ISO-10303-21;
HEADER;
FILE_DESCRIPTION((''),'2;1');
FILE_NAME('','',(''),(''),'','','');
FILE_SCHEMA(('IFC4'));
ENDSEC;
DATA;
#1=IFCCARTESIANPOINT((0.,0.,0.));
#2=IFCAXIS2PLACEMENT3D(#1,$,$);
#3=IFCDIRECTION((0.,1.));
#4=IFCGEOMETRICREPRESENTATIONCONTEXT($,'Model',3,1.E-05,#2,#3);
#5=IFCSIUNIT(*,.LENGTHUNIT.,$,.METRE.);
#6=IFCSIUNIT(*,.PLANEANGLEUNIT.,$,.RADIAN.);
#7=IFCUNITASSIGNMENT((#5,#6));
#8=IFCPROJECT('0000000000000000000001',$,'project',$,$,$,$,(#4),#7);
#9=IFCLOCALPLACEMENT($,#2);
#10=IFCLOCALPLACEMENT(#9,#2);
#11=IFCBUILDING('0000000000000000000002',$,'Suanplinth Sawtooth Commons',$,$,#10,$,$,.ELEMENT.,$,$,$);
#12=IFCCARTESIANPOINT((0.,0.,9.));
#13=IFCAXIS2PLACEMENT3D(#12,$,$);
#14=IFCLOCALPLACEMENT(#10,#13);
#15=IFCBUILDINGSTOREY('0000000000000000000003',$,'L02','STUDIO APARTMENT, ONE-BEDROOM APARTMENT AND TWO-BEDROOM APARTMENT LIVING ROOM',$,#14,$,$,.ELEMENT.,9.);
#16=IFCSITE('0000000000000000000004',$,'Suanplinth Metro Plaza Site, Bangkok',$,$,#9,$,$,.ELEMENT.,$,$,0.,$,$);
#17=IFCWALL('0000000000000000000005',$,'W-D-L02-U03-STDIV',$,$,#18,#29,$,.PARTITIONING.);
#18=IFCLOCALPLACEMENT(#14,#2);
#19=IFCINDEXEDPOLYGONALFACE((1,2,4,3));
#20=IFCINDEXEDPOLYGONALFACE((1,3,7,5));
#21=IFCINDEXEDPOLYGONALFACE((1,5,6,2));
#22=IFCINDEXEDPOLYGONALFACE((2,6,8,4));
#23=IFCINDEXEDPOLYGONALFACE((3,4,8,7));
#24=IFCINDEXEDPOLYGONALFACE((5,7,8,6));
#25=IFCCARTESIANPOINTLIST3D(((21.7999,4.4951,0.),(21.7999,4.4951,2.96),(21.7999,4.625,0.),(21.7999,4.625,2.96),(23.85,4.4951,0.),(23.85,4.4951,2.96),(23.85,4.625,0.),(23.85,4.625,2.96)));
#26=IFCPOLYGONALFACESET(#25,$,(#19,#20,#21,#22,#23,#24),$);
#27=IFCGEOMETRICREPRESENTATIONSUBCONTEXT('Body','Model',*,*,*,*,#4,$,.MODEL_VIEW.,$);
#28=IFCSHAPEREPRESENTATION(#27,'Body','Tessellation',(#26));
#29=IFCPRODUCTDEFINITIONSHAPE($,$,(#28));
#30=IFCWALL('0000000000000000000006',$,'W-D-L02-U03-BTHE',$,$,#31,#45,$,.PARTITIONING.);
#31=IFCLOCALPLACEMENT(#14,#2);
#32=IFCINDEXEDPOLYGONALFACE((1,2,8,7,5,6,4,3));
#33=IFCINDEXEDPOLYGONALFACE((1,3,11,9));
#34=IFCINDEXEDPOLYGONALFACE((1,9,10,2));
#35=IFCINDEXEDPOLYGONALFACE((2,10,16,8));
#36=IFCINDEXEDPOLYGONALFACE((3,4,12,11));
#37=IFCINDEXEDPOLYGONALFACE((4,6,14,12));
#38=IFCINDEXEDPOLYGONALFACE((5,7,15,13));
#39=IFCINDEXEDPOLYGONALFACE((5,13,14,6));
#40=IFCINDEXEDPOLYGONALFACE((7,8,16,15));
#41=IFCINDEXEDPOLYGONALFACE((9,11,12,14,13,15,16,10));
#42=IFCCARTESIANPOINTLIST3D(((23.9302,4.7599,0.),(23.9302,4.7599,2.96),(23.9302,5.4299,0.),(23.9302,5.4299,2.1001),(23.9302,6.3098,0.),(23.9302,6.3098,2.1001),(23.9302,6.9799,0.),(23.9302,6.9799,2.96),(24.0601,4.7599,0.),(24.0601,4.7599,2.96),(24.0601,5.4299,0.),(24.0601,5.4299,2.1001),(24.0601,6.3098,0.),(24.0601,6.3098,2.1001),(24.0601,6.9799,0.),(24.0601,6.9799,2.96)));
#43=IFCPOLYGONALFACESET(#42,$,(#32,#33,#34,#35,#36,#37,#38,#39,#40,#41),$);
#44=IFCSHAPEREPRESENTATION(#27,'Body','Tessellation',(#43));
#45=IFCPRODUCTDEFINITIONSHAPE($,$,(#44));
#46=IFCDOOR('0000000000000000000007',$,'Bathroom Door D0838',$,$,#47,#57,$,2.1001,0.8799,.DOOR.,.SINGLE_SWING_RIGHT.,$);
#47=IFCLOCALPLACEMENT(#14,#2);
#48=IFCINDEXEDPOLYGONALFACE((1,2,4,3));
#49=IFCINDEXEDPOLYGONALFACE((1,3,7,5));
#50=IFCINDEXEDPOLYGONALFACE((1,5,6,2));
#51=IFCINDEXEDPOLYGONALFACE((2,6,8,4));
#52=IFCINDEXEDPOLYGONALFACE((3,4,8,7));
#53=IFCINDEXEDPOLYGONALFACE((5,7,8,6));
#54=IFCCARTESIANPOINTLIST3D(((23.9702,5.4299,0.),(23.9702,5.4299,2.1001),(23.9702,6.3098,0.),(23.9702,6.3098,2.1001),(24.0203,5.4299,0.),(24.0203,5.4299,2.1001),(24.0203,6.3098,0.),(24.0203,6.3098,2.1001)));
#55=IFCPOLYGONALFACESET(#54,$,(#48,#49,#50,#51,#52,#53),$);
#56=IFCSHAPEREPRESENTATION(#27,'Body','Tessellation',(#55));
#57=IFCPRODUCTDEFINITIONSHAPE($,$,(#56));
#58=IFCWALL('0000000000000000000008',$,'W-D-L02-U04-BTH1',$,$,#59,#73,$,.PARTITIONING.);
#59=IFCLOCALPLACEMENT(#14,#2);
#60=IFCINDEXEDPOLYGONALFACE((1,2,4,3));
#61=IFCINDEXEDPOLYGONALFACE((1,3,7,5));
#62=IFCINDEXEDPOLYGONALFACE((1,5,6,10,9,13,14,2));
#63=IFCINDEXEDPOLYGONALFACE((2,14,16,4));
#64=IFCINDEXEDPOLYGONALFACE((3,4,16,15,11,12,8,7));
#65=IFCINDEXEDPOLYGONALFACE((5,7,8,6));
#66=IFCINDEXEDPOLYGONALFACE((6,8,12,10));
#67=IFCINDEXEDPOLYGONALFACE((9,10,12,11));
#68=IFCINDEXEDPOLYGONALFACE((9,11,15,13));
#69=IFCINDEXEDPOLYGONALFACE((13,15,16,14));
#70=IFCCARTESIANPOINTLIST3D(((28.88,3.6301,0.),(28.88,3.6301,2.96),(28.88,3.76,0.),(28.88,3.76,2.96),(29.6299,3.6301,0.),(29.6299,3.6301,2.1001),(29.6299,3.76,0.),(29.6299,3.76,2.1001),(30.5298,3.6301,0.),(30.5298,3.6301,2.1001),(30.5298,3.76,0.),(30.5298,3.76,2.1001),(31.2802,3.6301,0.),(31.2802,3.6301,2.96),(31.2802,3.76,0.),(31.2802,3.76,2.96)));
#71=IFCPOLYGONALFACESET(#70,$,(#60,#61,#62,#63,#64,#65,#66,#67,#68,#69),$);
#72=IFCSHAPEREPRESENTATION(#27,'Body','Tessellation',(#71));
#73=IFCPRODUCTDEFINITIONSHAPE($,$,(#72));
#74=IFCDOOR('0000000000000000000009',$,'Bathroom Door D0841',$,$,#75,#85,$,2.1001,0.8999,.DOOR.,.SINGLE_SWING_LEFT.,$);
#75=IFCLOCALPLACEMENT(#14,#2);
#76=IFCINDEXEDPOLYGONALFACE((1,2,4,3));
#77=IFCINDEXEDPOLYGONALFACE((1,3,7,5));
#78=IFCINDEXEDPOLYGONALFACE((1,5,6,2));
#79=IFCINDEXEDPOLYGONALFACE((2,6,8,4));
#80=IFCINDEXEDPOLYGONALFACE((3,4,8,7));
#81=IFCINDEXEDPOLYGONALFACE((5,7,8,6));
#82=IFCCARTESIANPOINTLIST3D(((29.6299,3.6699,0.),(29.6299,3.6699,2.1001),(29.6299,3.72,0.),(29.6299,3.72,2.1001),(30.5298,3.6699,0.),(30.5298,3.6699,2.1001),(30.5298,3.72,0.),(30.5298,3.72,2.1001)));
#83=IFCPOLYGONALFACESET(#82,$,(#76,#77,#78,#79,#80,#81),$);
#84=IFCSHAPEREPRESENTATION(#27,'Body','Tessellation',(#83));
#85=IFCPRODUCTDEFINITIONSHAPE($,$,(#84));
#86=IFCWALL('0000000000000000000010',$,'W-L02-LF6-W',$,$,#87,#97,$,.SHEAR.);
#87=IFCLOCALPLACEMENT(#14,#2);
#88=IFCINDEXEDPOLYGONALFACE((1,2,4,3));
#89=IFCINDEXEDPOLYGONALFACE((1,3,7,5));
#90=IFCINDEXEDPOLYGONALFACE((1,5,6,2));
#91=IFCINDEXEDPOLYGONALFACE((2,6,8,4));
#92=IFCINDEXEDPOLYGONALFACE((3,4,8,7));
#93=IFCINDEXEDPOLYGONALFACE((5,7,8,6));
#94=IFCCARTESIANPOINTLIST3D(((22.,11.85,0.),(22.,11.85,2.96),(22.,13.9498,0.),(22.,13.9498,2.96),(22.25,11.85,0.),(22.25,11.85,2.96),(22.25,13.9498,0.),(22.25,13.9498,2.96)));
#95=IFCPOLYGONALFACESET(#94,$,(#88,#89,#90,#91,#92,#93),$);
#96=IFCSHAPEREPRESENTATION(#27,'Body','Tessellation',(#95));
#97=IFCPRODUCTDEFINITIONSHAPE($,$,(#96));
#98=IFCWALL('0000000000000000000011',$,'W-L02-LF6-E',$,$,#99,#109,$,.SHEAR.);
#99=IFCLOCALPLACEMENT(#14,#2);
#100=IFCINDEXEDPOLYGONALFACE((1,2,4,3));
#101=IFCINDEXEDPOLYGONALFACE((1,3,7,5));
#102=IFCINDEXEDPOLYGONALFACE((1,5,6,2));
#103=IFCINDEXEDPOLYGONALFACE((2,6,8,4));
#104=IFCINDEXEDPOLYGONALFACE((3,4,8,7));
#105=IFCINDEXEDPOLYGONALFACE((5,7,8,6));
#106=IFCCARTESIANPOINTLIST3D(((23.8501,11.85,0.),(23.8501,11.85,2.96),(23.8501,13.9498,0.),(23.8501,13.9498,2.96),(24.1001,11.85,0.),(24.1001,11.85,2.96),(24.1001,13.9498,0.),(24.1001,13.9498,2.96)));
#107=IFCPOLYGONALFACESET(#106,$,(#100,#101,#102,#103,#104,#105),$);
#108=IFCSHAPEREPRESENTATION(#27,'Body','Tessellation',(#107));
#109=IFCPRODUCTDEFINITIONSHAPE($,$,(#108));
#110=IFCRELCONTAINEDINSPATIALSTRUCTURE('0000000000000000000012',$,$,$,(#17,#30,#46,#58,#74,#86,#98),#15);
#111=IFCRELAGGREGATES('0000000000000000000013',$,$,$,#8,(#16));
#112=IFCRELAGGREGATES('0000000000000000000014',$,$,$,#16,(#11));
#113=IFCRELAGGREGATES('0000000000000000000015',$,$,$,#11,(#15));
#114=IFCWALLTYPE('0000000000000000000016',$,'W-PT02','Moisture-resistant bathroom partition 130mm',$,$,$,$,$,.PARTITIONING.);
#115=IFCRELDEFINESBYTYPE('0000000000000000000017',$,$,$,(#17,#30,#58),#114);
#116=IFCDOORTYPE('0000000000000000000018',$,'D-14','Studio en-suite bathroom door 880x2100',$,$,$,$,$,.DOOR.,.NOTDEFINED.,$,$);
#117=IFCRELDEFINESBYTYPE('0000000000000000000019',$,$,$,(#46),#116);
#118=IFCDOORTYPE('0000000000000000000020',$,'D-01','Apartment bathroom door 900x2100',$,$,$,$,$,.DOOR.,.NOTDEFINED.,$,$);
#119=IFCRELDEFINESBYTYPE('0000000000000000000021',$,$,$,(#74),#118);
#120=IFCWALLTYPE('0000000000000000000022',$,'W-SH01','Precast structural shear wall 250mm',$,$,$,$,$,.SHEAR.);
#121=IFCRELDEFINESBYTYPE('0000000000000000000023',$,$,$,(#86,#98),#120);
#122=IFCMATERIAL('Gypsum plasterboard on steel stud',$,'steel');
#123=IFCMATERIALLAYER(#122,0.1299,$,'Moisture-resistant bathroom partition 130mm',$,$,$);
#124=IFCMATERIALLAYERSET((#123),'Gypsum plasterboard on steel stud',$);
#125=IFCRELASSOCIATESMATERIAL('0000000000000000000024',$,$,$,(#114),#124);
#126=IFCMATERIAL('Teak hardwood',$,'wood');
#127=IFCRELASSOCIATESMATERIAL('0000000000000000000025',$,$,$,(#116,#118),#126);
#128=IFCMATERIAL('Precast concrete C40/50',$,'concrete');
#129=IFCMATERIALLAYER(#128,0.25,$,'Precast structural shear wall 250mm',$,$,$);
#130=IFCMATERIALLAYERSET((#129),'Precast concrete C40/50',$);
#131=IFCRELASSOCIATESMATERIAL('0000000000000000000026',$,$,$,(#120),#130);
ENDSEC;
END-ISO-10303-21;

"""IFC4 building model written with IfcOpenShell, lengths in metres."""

from ifc_helpers import new_model, si_unit, direction, frame, frame_2d, origin, place, context, subcontext, project, spatial, rectangle, extrude, material, layer, layer_set, type_object, element, fill, save


model = new_model("IFC4")

# Units and contexts
model_context = context("Model", 3, precision=1e-05, world=origin(), true_north=direction((0.0, 1.0)))
body_context = subcontext(model_context, "Body", "Model", "MODEL_VIEW")
ifc_project = project(units=[si_unit("LENGTHUNIT", "METRE"), si_unit("PLANEANGLEUNIT", "RADIAN")], contexts=[model_context])

# Site, building, storey
site_placement = place(None, origin())
site = spatial("IfcSite", under=ifc_project, at=site_placement, Name="Suanplinth Metro Plaza Site, Bangkok", CompositionType="ELEMENT", RefElevation=0.0)
building_placement = place(site_placement, origin())
building = spatial("IfcBuilding", under=site, at=building_placement, Name="Suanplinth Sawtooth Commons", CompositionType="ELEMENT")
storey_placement = place(building_placement, frame((0.0, 0.0, 9.0)))
storey = spatial("IfcBuildingStorey", under=building, at=storey_placement, Name="L02", Description="STUDIO APARTMENT, ONE-BEDROOM APARTMENT AND TWO-BEDROOM APARTMENT LIVING ROOM", CompositionType="ELEMENT", Elevation=9.0)

# Shared definitions
ifc_material_1 = material(Name="Precast concrete C40/50", Category="concrete")

# Shared definitions
ifc_material_2 = material(Name="Gypsum plasterboard on steel stud", Category="steel")
ifc_material_3 = material(Name="Teak hardwood", Category="wood")

# Wall
ifc_layer_1 = layer(ifc_material_2, 0.1299, Name="Moisture-resistant bathroom partition 130mm")
ifc_layer_set_1 = layer_set([ifc_layer_1], Name="Gypsum plasterboard on steel stud")
wall_type_1 = type_object("IfcWallType", Name="W-PT02", Description="Moisture-resistant bathroom partition 130mm", PredefinedType="PARTITIONING", material=ifc_layer_set_1)
wall_1_placement = place(storey_placement, frame((21.8, 4.5601, 0.0), z_axis=(0.0, 0.0, 1.0), x_axis=(1.0, 0.0, 0.0)))
element("IfcWall", 1, at=wall_1_placement, inside=storey, type_object=wall_type_1, Name="W-D-L02-U03-STDIV", PredefinedType="PARTITIONING", context=body_context, shape_type="SweptSolid", body=[
    extrude(rectangle(XDim=2.05, YDim=0.1299, at=frame_2d((1.0249, 0.0))), origin(), (0.0, 0.0, 1.0), 2.96),
])

# Walls, openings, doors
wall_2_placement = place(storey_placement, frame((23.9951, 4.76, 0.0), z_axis=(0.0, 0.0, 1.0), x_axis=(0.0, 1.0, 0.0)))
wall_2 = element("IfcWall", 2, at=wall_2_placement, inside=storey, type_object=wall_type_1, Name="W-D-L02-U03-BTHE", PredefinedType="PARTITIONING", context=body_context, shape_type="SweptSolid", body=[
    extrude(rectangle(XDim=2.22, YDim=0.1299, at=frame_2d((1.1099, 0.0))), origin(), (0.0, 0.0, 1.0), 2.96),
])
opening_1_placement = place(wall_2_placement, frame((0.6699, 0.0, 0.0)))
opening_1 = element("IfcOpeningElement", 3, at=opening_1_placement, cuts=wall_2, PredefinedType="OPENING", context=body_context, shape_type="SweptSolid", body=[
    extrude(rectangle(XDim=0.8799, YDim=2.1001, at=frame_2d((0.4399, 1.05))), frame((0.0, 0.0798, 0.0), z_axis=(0.0, -1.0, 0.0), x_axis=(1.0, 0.0, 0.0)), (0.0, 0.0, 1.0), 0.1597),
])
door_type_1 = type_object("IfcDoorType", Name="D-14", Description="Studio en-suite bathroom door 880x2100", OperationType="NOTDEFINED", PredefinedType="DOOR", material=ifc_material_3)
door_1_placement = place(opening_1_placement, origin())
door_1 = element("IfcDoor", 4, at=door_1_placement, inside=storey, type_object=door_type_1, Name="Bathroom Door D0838", OperationType="SINGLE_SWING_RIGHT", OverallHeight=2.1001, OverallWidth=0.8799, PredefinedType="DOOR", context=body_context, shape_type="SweptSolid", body=[
    extrude(rectangle(XDim=0.8799, YDim=2.1001, at=frame_2d((0.4399, 1.05))), frame((0.0, 0.0249, 0.0), z_axis=(0.0, -1.0, 0.0), x_axis=(1.0, 0.0, 0.0)), (0.0, 0.0, 1.0), 0.05),
])
fill(opening_1, door_1)
wall_3_placement = place(storey_placement, frame((28.8799, 3.6951, 0.0), z_axis=(0.0, 0.0, 1.0), x_axis=(1.0, 0.0, 0.0)))
wall_3 = element("IfcWall", 5, at=wall_3_placement, inside=storey, type_object=wall_type_1, Name="W-D-L02-U04-BTH1", PredefinedType="PARTITIONING", context=body_context, shape_type="SweptSolid", body=[
    extrude(rectangle(XDim=2.4001, YDim=0.1299, at=frame_2d((1.2002, 0.0))), origin(), (0.0, 0.0, 1.0), 2.96),
])
opening_2_placement = place(wall_3_placement, frame((0.75, 0.0, 0.0)))
opening_2 = element("IfcOpeningElement", 6, at=opening_2_placement, cuts=wall_3, PredefinedType="OPENING", context=body_context, shape_type="SweptSolid", body=[
    extrude(rectangle(XDim=0.8999, YDim=2.1001, at=frame_2d((0.45, 1.05))), frame((0.0, 0.0798, 0.0), z_axis=(0.0, -1.0, 0.0), x_axis=(1.0, 0.0, 0.0)), (0.0, 0.0, 1.0), 0.1597),
])
door_type_2 = type_object("IfcDoorType", Name="D-01", Description="Apartment bathroom door 900x2100", OperationType="NOTDEFINED", PredefinedType="DOOR", material=ifc_material_3)
door_2_placement = place(opening_2_placement, origin())
door_2 = element("IfcDoor", 7, at=door_2_placement, inside=storey, type_object=door_type_2, Name="Bathroom Door D0841", OperationType="SINGLE_SWING_LEFT", OverallHeight=2.1001, OverallWidth=0.8999, PredefinedType="DOOR", context=body_context, shape_type="SweptSolid", body=[
    extrude(rectangle(XDim=0.8999, YDim=2.1001, at=frame_2d((0.45, 1.05))), frame((0.0, 0.0249, 0.0), z_axis=(0.0, -1.0, 0.0), x_axis=(1.0, 0.0, 0.0)), (0.0, 0.0, 1.0), 0.05),
])
fill(opening_2, door_2)

# Walls
ifc_layer_2 = layer(ifc_material_1, 0.25, Name="Precast structural shear wall 250mm")
ifc_layer_set_2 = layer_set([ifc_layer_2], Name="Precast concrete C40/50")
wall_type_2 = type_object("IfcWallType", Name="W-SH01", Description="Precast structural shear wall 250mm", PredefinedType="SHEAR", material=ifc_layer_set_2)
for number, where, z_axis, x_axis, name in (
    (8, (22.125, 11.8501, 0.0), (0.0, 0.0, 1.0), (0.0, 1.0, 0.0), "W-L02-LF6-W"),
    (9, (23.9751, 11.8501, 0.0), (0.0, 0.0, 1.0), (0.0, 1.0, 0.0), "W-L02-LF6-E"),
):
    element("IfcWall", number, at=place(storey_placement, frame(where, z_axis=z_axis, x_axis=x_axis)), inside=storey, type_object=wall_type_2, Name=name, PredefinedType="SHEAR", context=body_context, shape_type="SweptSolid", body=[
        extrude(rectangle(XDim=2.0999, YDim=0.25, at=frame_2d((1.0498, 0.0))), origin(), (0.0, 0.0, 1.0), 2.96),
    ])

save(model, "model.ifc")
